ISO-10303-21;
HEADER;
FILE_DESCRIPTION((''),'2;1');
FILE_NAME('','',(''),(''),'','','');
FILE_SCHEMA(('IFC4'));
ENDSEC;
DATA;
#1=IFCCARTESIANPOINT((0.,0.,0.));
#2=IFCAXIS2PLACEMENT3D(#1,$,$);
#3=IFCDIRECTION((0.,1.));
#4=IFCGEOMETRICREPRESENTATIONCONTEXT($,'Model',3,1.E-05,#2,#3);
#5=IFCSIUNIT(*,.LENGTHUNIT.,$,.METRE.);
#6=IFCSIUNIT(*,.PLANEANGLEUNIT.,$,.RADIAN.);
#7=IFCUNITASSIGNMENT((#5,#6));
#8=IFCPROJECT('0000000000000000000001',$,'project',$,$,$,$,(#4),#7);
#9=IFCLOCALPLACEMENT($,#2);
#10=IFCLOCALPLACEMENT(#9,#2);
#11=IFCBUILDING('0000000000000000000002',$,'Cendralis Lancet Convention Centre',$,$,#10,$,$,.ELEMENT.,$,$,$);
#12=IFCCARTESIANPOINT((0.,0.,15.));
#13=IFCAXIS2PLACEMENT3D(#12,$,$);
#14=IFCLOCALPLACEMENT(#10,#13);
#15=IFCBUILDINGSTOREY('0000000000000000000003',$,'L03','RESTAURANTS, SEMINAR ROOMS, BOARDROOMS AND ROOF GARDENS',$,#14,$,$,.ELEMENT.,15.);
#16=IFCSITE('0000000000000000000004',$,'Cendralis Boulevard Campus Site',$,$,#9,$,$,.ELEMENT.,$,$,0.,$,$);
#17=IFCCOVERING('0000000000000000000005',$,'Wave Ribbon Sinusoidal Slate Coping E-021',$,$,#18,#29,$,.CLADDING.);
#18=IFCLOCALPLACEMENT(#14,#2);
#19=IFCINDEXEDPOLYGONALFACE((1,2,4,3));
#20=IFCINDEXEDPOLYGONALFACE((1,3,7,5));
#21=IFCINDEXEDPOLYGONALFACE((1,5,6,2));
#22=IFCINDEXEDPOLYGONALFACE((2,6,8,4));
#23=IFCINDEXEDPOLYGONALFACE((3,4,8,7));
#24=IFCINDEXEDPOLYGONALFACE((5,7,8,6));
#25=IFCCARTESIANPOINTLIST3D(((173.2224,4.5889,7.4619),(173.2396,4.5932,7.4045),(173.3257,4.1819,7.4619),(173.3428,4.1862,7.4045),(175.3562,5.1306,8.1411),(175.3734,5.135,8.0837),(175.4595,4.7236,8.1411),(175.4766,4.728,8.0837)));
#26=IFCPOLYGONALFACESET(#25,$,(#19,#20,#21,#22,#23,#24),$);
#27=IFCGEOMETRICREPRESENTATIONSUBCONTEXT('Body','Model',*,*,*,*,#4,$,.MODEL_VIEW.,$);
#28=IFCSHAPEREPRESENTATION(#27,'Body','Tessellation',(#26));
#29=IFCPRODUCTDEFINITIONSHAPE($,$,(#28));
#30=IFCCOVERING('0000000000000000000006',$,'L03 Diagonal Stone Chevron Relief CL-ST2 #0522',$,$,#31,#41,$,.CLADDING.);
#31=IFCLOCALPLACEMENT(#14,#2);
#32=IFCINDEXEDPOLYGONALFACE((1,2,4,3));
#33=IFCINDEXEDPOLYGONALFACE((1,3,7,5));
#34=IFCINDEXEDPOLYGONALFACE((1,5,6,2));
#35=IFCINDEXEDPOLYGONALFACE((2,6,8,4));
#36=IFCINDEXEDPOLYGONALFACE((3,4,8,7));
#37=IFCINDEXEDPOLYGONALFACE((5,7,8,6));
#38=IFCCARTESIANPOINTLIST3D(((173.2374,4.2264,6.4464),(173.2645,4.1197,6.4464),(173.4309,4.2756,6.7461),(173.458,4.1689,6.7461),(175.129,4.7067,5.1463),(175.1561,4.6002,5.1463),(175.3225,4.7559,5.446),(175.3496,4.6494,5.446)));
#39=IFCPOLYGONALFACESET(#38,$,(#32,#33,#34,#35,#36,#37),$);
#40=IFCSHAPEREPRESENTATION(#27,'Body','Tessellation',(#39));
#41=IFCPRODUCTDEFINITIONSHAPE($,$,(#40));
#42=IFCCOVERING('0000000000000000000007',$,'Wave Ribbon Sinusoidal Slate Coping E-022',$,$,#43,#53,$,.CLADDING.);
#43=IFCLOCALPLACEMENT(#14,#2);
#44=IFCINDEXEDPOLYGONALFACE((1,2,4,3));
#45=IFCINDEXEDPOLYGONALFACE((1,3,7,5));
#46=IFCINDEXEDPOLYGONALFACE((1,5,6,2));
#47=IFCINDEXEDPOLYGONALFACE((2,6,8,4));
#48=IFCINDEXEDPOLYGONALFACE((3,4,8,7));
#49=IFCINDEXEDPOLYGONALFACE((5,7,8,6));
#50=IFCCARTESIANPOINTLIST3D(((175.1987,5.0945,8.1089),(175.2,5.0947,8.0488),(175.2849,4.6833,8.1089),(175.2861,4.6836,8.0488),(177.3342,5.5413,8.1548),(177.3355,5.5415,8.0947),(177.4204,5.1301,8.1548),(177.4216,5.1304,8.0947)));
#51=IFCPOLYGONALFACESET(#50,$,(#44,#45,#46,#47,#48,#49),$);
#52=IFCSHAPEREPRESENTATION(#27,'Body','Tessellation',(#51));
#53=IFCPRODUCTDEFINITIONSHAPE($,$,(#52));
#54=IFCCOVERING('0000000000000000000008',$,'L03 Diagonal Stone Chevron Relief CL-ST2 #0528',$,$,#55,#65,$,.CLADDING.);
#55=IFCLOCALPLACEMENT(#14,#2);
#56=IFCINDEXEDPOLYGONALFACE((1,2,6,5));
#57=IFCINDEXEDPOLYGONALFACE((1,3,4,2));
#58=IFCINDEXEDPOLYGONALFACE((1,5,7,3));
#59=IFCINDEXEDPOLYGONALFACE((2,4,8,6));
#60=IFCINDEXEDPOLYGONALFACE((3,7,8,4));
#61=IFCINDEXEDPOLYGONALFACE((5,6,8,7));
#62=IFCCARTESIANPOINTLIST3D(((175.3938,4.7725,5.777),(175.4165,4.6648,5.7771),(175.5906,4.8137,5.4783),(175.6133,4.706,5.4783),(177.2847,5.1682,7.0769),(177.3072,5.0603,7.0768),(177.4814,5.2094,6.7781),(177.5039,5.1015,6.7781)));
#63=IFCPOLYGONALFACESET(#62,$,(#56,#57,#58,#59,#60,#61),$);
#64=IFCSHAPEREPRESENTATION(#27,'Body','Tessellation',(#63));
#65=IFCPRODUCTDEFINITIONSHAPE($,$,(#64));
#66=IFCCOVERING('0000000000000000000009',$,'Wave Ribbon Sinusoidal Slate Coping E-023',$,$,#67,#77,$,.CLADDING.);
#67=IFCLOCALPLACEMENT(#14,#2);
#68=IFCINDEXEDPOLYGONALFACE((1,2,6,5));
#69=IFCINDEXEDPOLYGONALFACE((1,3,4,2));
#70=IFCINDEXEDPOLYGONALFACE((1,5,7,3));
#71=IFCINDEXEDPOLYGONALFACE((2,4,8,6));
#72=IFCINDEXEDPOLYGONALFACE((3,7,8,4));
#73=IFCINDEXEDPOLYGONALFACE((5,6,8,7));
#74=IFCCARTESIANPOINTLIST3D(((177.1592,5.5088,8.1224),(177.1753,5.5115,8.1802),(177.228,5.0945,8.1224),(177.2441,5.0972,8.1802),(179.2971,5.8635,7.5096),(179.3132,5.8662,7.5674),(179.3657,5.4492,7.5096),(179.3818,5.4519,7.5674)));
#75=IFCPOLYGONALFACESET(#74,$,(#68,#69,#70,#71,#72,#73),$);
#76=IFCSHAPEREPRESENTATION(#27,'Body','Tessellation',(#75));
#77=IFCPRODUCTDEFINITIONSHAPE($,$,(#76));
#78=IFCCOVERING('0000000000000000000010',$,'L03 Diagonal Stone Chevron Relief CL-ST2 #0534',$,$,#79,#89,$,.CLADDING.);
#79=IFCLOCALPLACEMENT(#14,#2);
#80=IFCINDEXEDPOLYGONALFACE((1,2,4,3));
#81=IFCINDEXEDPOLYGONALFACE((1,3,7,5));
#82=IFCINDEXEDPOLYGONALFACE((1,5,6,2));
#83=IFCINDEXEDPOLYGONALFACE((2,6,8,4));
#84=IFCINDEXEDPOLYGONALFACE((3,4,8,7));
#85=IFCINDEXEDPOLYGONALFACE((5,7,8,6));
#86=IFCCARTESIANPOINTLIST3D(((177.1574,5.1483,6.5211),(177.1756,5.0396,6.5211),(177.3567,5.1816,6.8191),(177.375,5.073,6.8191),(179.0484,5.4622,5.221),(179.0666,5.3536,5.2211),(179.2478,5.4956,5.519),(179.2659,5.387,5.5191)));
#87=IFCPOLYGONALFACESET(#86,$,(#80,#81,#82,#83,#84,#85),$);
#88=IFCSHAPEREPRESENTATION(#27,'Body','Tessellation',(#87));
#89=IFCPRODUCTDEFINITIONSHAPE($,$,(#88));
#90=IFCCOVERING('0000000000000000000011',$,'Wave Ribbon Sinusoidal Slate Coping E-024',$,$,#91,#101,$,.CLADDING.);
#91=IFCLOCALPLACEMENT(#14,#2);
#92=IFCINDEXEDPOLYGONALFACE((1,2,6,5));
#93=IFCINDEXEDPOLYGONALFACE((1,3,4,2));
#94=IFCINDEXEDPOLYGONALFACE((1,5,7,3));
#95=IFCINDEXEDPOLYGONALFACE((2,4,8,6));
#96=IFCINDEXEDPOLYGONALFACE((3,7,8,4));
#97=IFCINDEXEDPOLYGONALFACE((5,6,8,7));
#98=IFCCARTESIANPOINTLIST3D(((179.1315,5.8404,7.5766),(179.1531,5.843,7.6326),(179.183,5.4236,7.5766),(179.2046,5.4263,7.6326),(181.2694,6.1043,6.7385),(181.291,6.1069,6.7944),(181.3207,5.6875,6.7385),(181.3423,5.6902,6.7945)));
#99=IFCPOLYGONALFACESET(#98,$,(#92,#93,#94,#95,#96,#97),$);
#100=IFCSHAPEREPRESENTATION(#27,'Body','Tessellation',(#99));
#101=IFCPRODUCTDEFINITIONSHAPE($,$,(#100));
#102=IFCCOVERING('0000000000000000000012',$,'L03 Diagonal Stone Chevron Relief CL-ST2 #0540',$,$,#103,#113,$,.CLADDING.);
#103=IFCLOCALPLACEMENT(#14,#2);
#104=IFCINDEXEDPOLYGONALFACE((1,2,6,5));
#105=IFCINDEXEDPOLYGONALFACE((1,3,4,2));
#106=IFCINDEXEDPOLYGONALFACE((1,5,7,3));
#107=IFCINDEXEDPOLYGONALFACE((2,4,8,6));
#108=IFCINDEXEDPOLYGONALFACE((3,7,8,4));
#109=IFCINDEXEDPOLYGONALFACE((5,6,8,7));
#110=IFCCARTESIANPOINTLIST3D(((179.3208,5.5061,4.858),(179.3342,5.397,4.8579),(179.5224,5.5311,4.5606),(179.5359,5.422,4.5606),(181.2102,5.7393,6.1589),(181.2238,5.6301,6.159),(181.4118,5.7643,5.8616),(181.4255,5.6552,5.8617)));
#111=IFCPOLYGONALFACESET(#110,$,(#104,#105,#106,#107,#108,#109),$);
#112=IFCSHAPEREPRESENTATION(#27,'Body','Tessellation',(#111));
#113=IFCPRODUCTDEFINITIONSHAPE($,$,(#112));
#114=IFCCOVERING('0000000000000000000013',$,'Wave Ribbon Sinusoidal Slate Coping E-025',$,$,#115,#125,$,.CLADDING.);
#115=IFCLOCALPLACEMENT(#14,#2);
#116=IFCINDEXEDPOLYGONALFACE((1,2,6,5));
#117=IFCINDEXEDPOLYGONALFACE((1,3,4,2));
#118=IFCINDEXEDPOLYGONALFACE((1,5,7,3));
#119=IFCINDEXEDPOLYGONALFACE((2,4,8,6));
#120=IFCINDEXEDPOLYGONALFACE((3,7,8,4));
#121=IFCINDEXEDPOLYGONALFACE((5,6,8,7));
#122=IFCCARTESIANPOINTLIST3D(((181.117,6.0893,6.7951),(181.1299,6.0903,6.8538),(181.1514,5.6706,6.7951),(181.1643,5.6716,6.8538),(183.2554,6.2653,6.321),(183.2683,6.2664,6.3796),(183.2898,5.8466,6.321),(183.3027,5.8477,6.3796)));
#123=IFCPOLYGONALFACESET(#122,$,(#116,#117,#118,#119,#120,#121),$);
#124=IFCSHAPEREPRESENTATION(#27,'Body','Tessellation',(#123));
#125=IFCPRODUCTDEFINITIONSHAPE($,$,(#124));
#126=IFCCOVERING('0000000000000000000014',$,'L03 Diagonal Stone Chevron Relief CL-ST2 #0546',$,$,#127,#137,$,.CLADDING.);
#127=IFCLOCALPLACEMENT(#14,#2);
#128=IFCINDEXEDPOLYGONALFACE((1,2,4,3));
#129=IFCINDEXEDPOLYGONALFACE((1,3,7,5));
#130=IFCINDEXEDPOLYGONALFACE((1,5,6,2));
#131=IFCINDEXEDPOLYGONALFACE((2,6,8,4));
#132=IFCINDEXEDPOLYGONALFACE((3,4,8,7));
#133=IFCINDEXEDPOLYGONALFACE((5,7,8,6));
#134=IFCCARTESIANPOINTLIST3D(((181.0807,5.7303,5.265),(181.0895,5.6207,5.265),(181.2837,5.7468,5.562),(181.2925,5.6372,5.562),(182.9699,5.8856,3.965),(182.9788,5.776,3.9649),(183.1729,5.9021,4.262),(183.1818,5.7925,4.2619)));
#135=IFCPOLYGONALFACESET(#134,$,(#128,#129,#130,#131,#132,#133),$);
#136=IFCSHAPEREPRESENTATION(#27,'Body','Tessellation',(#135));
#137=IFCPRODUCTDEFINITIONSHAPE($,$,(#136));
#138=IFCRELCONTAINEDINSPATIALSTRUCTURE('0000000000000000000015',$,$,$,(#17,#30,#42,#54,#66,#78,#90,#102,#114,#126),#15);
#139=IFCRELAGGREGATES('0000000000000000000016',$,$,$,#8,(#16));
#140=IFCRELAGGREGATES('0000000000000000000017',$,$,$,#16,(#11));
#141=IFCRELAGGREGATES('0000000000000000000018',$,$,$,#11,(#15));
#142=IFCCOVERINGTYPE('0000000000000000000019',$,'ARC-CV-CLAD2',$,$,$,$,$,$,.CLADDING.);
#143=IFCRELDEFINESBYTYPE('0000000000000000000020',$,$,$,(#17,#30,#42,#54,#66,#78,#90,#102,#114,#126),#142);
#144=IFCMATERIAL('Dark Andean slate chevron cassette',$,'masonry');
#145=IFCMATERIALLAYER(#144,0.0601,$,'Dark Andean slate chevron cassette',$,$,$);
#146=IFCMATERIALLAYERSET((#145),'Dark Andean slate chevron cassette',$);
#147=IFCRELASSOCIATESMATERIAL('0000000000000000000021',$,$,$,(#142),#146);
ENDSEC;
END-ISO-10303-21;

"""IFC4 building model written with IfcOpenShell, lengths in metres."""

from ifc_helpers import new_model, si_unit, direction, frame, origin, place, context, subcontext, project, spatial, polyline, outline, extrude, material, layer, layer_set, type_object, element, save


model = new_model("IFC4")

# Units and contexts
model_context = context("Model", 3, precision=1e-05, world=origin(), true_north=direction((0.0, 1.0)))
body_context = subcontext(model_context, "Body", "Model", "MODEL_VIEW")
ifc_project = project(units=[si_unit("LENGTHUNIT", "METRE"), si_unit("PLANEANGLEUNIT", "RADIAN")], contexts=[model_context])

# Site, building, storey
site_placement = place(None, origin())
site = spatial("IfcSite", under=ifc_project, at=site_placement, Name="Cendralis Boulevard Campus Site", CompositionType="ELEMENT", RefElevation=0.0)
building_placement = place(site_placement, origin())
building = spatial("IfcBuilding", under=site, at=building_placement, Name="Cendralis Lancet Convention Centre", CompositionType="ELEMENT")
storey_placement = place(building_placement, frame((0.0, 0.0, 15.0)))
storey = spatial("IfcBuildingStorey", under=building, at=storey_placement, Name="L03", Description="RESTAURANTS, SEMINAR ROOMS, BOARDROOMS AND ROOF GARDENS", CompositionType="ELEMENT", Elevation=15.0)

# Shared definitions
ifc_material_1 = material(Name="Dark Andean slate chevron cassette", Category="masonry")

# Coverings
ifc_layer_1 = layer(ifc_material_1, 0.0601, Name="Dark Andean slate chevron cassette")
ifc_layer_set_1 = layer_set([ifc_layer_1], Name="Dark Andean slate chevron cassette")
covering_type_1 = type_object("IfcCoveringType", Name="ARC-CV-CLAD2", PredefinedType="CLADDING", material=ifc_layer_set_1)
covering_1_placement = place(storey_placement, frame((173.3257, 4.1819, 7.4619), z_axis=(-0.285751, -0.072509, 0.955557), x_axis=(0.926172, 0.235146, 0.294807)))
element("IfcCovering", 1, at=covering_1_placement, inside=storey, type_object=covering_type_1, Name="Wave Ribbon Sinusoidal Slate Coping E-021", PredefinedType="CLADDING", context=body_context, shape_type="SweptSolid", body=[
    extrude(outline(polyline([(0.0, 0.0), (2.3039, 0.0), (2.3039, 0.4199), (0.0001, 0.4199), (0.0, 0.0)])), origin(), (0.0, 0.0, -1.0), 0.0601),
])
covering_2_placement = place(storey_placement, frame((173.458, 4.1689, 6.7461), z_axis=(0.537292, 0.136631, 0.832255), x_axis=(0.806641, 0.204888, -0.554392)))
element("IfcCovering", 2, at=covering_2_placement, inside=storey, type_object=covering_type_1, Name="L03 Diagonal Stone Chevron Relief CL-ST2 #0522", PredefinedType="CLADDING", context=body_context, shape_type="SweptSolid", body=[
    extrude(outline(polyline([(0.0, 0.0), (2.345, 0.0), (2.345, 0.1098), (0.0, 0.1101), (0.0, 0.0)])), origin(), (0.0, 0.0, -1.0), 0.3601),
])
covering_3_placement = place(storey_placement, frame((175.2849, 4.6833, 8.1089), z_axis=(-0.020586, -0.004315, 0.999779), x_axis=(0.978591, 0.204736, 0.021033)))
element("IfcCovering", 3, at=covering_3_placement, inside=storey, type_object=covering_type_1, Name="Wave Ribbon Sinusoidal Slate Coping E-022", PredefinedType="CLADDING", context=body_context, shape_type="SweptSolid", body=[
    extrude(outline(polyline([(0.0, 0.0), (2.1822, 0.0), (2.1821, 0.4201), (-0.0002, 0.4201), (0.0, 0.0)])), origin(), (0.0, 0.0, -1.0), 0.0601),
])
covering_4_placement = place(storey_placement, frame((175.4165, 4.6648, 5.7771), z_axis=(-0.546402, -0.114478, 0.829662), x_axis=(0.812083, 0.169883, 0.558266)))
element("IfcCovering", 4, at=covering_4_placement, inside=storey, type_object=covering_type_1, Name="L03 Diagonal Stone Chevron Relief CL-ST2 #0528", PredefinedType="CLADDING", context=body_context, shape_type="SweptSolid", body=[
    extrude(outline(polyline([(0.0, 0.0), (2.3282, 0.0), (2.3283, 0.1102), (-0.0001, 0.11), (0.0, 0.0)])), origin(), (0.0, 0.0, -1.0), 0.3601),
])
covering_5_placement = place(storey_placement, frame((177.2441, 5.0972, 8.1802), z_axis=(0.268439, 0.044529, 0.962267), x_axis=(0.949285, 0.157528, -0.272108)))
element("IfcCovering", 5, at=covering_5_placement, inside=storey, type_object=covering_type_1, Name="Wave Ribbon Sinusoidal Slate Coping E-023", PredefinedType="CLADDING", context=body_context, shape_type="SweptSolid", body=[
    extrude(outline(polyline([(0.0, 0.0), (2.2519, 0.0), (2.252, 0.4199), (-0.0001, 0.42), (0.0, 0.0)])), origin(), (0.0, 0.0, -1.0), 0.0601),
])
covering_6_placement = place(storey_placement, frame((177.375, 5.073, 6.8191), z_axis=(0.553593, 0.09268, 0.827614), x_axis=(0.816436, 0.135563, -0.561297)))
element("IfcCovering", 6, at=covering_6_placement, inside=storey, type_object=covering_type_1, Name="L03 Diagonal Stone Chevron Relief CL-ST2 #0534", PredefinedType="CLADDING", context=body_context, shape_type="SweptSolid", body=[
    extrude(outline(polyline([(0.0, 0.0), (2.316, 0.0), (2.316, 0.1101), (-0.0002, 0.1102), (0.0, 0.0)])), origin(), (0.0, 0.0, -1.0), 0.3601),
])
covering_7_placement = place(storey_placement, frame((179.2046, 5.4263, 7.6326), z_axis=(0.359889, 0.04438, 0.931939), x_axis=(0.924917, 0.114189, -0.362615)))
element("IfcCovering", 7, at=covering_7_placement, inside=storey, type_object=covering_type_1, Name="Wave Ribbon Sinusoidal Slate Coping E-024", PredefinedType="CLADDING", context=body_context, shape_type="SweptSolid", body=[
    extrude(outline(polyline([(0.0, 0.0), (2.3112, 0.0), (2.3114, 0.4199), (-0.0001, 0.4199), (0.0, 0.0)])), origin(), (0.0, 0.0, -1.0), 0.0601),
])
covering_8_placement = place(storey_placement, frame((179.3342, 5.397, 4.8579), z_axis=(-0.559908, -0.069519, 0.825633), x_axis=(0.819419, 0.101104, 0.564207)))
element("IfcCovering", 8, at=covering_8_placement, inside=storey, type_object=covering_type_1, Name="L03 Diagonal Stone Chevron Relief CL-ST2 #0540", PredefinedType="CLADDING", context=body_context, shape_type="SweptSolid", body=[
    extrude(outline(polyline([(0.0, 0.0), (2.306, 0.0), (2.3059, 0.11), (0.0, 0.11), (0.0, 0.0)])), origin(), (0.0, 0.0, -1.0), 0.3601),
])
covering_9_placement = place(storey_placement, frame((181.1643, 5.6716, 6.8538), z_axis=(0.215037, 0.017679, 0.976446), x_axis=(0.973154, 0.080106, -0.215763)))
element("IfcCovering", 9, at=covering_9_placement, inside=storey, type_object=covering_type_1, Name="Wave Ribbon Sinusoidal Slate Coping E-025", PredefinedType="CLADDING", context=body_context, shape_type="SweptSolid", body=[
    extrude(outline(polyline([(0.0, 0.0), (2.1974, 0.0), (2.1975, 0.4201), (0.0, 0.4201), (0.0, 0.0)])), origin(), (0.0, 0.0, -1.0), 0.0601),
])
covering_10_placement = place(storey_placement, frame((181.2925, 5.6372, 5.562), z_axis=(0.56372, 0.045826, 0.824694), x_axis=(0.821923, 0.067547, -0.56558)))
element("IfcCovering", 10, at=covering_10_placement, inside=storey, type_object=covering_type_1, Name="L03 Diagonal Stone Chevron Relief CL-ST2 #0546", PredefinedType="CLADDING", context=body_context, shape_type="SweptSolid", body=[
    extrude(outline(polyline([(0.0, 0.0), (2.2987, 0.0), (2.2987, 0.11), (0.0002, 0.11), (0.0, 0.0)])), origin(), (0.0, 0.0, -1.0), 0.3601),
])

save(model, "model.ifc")
